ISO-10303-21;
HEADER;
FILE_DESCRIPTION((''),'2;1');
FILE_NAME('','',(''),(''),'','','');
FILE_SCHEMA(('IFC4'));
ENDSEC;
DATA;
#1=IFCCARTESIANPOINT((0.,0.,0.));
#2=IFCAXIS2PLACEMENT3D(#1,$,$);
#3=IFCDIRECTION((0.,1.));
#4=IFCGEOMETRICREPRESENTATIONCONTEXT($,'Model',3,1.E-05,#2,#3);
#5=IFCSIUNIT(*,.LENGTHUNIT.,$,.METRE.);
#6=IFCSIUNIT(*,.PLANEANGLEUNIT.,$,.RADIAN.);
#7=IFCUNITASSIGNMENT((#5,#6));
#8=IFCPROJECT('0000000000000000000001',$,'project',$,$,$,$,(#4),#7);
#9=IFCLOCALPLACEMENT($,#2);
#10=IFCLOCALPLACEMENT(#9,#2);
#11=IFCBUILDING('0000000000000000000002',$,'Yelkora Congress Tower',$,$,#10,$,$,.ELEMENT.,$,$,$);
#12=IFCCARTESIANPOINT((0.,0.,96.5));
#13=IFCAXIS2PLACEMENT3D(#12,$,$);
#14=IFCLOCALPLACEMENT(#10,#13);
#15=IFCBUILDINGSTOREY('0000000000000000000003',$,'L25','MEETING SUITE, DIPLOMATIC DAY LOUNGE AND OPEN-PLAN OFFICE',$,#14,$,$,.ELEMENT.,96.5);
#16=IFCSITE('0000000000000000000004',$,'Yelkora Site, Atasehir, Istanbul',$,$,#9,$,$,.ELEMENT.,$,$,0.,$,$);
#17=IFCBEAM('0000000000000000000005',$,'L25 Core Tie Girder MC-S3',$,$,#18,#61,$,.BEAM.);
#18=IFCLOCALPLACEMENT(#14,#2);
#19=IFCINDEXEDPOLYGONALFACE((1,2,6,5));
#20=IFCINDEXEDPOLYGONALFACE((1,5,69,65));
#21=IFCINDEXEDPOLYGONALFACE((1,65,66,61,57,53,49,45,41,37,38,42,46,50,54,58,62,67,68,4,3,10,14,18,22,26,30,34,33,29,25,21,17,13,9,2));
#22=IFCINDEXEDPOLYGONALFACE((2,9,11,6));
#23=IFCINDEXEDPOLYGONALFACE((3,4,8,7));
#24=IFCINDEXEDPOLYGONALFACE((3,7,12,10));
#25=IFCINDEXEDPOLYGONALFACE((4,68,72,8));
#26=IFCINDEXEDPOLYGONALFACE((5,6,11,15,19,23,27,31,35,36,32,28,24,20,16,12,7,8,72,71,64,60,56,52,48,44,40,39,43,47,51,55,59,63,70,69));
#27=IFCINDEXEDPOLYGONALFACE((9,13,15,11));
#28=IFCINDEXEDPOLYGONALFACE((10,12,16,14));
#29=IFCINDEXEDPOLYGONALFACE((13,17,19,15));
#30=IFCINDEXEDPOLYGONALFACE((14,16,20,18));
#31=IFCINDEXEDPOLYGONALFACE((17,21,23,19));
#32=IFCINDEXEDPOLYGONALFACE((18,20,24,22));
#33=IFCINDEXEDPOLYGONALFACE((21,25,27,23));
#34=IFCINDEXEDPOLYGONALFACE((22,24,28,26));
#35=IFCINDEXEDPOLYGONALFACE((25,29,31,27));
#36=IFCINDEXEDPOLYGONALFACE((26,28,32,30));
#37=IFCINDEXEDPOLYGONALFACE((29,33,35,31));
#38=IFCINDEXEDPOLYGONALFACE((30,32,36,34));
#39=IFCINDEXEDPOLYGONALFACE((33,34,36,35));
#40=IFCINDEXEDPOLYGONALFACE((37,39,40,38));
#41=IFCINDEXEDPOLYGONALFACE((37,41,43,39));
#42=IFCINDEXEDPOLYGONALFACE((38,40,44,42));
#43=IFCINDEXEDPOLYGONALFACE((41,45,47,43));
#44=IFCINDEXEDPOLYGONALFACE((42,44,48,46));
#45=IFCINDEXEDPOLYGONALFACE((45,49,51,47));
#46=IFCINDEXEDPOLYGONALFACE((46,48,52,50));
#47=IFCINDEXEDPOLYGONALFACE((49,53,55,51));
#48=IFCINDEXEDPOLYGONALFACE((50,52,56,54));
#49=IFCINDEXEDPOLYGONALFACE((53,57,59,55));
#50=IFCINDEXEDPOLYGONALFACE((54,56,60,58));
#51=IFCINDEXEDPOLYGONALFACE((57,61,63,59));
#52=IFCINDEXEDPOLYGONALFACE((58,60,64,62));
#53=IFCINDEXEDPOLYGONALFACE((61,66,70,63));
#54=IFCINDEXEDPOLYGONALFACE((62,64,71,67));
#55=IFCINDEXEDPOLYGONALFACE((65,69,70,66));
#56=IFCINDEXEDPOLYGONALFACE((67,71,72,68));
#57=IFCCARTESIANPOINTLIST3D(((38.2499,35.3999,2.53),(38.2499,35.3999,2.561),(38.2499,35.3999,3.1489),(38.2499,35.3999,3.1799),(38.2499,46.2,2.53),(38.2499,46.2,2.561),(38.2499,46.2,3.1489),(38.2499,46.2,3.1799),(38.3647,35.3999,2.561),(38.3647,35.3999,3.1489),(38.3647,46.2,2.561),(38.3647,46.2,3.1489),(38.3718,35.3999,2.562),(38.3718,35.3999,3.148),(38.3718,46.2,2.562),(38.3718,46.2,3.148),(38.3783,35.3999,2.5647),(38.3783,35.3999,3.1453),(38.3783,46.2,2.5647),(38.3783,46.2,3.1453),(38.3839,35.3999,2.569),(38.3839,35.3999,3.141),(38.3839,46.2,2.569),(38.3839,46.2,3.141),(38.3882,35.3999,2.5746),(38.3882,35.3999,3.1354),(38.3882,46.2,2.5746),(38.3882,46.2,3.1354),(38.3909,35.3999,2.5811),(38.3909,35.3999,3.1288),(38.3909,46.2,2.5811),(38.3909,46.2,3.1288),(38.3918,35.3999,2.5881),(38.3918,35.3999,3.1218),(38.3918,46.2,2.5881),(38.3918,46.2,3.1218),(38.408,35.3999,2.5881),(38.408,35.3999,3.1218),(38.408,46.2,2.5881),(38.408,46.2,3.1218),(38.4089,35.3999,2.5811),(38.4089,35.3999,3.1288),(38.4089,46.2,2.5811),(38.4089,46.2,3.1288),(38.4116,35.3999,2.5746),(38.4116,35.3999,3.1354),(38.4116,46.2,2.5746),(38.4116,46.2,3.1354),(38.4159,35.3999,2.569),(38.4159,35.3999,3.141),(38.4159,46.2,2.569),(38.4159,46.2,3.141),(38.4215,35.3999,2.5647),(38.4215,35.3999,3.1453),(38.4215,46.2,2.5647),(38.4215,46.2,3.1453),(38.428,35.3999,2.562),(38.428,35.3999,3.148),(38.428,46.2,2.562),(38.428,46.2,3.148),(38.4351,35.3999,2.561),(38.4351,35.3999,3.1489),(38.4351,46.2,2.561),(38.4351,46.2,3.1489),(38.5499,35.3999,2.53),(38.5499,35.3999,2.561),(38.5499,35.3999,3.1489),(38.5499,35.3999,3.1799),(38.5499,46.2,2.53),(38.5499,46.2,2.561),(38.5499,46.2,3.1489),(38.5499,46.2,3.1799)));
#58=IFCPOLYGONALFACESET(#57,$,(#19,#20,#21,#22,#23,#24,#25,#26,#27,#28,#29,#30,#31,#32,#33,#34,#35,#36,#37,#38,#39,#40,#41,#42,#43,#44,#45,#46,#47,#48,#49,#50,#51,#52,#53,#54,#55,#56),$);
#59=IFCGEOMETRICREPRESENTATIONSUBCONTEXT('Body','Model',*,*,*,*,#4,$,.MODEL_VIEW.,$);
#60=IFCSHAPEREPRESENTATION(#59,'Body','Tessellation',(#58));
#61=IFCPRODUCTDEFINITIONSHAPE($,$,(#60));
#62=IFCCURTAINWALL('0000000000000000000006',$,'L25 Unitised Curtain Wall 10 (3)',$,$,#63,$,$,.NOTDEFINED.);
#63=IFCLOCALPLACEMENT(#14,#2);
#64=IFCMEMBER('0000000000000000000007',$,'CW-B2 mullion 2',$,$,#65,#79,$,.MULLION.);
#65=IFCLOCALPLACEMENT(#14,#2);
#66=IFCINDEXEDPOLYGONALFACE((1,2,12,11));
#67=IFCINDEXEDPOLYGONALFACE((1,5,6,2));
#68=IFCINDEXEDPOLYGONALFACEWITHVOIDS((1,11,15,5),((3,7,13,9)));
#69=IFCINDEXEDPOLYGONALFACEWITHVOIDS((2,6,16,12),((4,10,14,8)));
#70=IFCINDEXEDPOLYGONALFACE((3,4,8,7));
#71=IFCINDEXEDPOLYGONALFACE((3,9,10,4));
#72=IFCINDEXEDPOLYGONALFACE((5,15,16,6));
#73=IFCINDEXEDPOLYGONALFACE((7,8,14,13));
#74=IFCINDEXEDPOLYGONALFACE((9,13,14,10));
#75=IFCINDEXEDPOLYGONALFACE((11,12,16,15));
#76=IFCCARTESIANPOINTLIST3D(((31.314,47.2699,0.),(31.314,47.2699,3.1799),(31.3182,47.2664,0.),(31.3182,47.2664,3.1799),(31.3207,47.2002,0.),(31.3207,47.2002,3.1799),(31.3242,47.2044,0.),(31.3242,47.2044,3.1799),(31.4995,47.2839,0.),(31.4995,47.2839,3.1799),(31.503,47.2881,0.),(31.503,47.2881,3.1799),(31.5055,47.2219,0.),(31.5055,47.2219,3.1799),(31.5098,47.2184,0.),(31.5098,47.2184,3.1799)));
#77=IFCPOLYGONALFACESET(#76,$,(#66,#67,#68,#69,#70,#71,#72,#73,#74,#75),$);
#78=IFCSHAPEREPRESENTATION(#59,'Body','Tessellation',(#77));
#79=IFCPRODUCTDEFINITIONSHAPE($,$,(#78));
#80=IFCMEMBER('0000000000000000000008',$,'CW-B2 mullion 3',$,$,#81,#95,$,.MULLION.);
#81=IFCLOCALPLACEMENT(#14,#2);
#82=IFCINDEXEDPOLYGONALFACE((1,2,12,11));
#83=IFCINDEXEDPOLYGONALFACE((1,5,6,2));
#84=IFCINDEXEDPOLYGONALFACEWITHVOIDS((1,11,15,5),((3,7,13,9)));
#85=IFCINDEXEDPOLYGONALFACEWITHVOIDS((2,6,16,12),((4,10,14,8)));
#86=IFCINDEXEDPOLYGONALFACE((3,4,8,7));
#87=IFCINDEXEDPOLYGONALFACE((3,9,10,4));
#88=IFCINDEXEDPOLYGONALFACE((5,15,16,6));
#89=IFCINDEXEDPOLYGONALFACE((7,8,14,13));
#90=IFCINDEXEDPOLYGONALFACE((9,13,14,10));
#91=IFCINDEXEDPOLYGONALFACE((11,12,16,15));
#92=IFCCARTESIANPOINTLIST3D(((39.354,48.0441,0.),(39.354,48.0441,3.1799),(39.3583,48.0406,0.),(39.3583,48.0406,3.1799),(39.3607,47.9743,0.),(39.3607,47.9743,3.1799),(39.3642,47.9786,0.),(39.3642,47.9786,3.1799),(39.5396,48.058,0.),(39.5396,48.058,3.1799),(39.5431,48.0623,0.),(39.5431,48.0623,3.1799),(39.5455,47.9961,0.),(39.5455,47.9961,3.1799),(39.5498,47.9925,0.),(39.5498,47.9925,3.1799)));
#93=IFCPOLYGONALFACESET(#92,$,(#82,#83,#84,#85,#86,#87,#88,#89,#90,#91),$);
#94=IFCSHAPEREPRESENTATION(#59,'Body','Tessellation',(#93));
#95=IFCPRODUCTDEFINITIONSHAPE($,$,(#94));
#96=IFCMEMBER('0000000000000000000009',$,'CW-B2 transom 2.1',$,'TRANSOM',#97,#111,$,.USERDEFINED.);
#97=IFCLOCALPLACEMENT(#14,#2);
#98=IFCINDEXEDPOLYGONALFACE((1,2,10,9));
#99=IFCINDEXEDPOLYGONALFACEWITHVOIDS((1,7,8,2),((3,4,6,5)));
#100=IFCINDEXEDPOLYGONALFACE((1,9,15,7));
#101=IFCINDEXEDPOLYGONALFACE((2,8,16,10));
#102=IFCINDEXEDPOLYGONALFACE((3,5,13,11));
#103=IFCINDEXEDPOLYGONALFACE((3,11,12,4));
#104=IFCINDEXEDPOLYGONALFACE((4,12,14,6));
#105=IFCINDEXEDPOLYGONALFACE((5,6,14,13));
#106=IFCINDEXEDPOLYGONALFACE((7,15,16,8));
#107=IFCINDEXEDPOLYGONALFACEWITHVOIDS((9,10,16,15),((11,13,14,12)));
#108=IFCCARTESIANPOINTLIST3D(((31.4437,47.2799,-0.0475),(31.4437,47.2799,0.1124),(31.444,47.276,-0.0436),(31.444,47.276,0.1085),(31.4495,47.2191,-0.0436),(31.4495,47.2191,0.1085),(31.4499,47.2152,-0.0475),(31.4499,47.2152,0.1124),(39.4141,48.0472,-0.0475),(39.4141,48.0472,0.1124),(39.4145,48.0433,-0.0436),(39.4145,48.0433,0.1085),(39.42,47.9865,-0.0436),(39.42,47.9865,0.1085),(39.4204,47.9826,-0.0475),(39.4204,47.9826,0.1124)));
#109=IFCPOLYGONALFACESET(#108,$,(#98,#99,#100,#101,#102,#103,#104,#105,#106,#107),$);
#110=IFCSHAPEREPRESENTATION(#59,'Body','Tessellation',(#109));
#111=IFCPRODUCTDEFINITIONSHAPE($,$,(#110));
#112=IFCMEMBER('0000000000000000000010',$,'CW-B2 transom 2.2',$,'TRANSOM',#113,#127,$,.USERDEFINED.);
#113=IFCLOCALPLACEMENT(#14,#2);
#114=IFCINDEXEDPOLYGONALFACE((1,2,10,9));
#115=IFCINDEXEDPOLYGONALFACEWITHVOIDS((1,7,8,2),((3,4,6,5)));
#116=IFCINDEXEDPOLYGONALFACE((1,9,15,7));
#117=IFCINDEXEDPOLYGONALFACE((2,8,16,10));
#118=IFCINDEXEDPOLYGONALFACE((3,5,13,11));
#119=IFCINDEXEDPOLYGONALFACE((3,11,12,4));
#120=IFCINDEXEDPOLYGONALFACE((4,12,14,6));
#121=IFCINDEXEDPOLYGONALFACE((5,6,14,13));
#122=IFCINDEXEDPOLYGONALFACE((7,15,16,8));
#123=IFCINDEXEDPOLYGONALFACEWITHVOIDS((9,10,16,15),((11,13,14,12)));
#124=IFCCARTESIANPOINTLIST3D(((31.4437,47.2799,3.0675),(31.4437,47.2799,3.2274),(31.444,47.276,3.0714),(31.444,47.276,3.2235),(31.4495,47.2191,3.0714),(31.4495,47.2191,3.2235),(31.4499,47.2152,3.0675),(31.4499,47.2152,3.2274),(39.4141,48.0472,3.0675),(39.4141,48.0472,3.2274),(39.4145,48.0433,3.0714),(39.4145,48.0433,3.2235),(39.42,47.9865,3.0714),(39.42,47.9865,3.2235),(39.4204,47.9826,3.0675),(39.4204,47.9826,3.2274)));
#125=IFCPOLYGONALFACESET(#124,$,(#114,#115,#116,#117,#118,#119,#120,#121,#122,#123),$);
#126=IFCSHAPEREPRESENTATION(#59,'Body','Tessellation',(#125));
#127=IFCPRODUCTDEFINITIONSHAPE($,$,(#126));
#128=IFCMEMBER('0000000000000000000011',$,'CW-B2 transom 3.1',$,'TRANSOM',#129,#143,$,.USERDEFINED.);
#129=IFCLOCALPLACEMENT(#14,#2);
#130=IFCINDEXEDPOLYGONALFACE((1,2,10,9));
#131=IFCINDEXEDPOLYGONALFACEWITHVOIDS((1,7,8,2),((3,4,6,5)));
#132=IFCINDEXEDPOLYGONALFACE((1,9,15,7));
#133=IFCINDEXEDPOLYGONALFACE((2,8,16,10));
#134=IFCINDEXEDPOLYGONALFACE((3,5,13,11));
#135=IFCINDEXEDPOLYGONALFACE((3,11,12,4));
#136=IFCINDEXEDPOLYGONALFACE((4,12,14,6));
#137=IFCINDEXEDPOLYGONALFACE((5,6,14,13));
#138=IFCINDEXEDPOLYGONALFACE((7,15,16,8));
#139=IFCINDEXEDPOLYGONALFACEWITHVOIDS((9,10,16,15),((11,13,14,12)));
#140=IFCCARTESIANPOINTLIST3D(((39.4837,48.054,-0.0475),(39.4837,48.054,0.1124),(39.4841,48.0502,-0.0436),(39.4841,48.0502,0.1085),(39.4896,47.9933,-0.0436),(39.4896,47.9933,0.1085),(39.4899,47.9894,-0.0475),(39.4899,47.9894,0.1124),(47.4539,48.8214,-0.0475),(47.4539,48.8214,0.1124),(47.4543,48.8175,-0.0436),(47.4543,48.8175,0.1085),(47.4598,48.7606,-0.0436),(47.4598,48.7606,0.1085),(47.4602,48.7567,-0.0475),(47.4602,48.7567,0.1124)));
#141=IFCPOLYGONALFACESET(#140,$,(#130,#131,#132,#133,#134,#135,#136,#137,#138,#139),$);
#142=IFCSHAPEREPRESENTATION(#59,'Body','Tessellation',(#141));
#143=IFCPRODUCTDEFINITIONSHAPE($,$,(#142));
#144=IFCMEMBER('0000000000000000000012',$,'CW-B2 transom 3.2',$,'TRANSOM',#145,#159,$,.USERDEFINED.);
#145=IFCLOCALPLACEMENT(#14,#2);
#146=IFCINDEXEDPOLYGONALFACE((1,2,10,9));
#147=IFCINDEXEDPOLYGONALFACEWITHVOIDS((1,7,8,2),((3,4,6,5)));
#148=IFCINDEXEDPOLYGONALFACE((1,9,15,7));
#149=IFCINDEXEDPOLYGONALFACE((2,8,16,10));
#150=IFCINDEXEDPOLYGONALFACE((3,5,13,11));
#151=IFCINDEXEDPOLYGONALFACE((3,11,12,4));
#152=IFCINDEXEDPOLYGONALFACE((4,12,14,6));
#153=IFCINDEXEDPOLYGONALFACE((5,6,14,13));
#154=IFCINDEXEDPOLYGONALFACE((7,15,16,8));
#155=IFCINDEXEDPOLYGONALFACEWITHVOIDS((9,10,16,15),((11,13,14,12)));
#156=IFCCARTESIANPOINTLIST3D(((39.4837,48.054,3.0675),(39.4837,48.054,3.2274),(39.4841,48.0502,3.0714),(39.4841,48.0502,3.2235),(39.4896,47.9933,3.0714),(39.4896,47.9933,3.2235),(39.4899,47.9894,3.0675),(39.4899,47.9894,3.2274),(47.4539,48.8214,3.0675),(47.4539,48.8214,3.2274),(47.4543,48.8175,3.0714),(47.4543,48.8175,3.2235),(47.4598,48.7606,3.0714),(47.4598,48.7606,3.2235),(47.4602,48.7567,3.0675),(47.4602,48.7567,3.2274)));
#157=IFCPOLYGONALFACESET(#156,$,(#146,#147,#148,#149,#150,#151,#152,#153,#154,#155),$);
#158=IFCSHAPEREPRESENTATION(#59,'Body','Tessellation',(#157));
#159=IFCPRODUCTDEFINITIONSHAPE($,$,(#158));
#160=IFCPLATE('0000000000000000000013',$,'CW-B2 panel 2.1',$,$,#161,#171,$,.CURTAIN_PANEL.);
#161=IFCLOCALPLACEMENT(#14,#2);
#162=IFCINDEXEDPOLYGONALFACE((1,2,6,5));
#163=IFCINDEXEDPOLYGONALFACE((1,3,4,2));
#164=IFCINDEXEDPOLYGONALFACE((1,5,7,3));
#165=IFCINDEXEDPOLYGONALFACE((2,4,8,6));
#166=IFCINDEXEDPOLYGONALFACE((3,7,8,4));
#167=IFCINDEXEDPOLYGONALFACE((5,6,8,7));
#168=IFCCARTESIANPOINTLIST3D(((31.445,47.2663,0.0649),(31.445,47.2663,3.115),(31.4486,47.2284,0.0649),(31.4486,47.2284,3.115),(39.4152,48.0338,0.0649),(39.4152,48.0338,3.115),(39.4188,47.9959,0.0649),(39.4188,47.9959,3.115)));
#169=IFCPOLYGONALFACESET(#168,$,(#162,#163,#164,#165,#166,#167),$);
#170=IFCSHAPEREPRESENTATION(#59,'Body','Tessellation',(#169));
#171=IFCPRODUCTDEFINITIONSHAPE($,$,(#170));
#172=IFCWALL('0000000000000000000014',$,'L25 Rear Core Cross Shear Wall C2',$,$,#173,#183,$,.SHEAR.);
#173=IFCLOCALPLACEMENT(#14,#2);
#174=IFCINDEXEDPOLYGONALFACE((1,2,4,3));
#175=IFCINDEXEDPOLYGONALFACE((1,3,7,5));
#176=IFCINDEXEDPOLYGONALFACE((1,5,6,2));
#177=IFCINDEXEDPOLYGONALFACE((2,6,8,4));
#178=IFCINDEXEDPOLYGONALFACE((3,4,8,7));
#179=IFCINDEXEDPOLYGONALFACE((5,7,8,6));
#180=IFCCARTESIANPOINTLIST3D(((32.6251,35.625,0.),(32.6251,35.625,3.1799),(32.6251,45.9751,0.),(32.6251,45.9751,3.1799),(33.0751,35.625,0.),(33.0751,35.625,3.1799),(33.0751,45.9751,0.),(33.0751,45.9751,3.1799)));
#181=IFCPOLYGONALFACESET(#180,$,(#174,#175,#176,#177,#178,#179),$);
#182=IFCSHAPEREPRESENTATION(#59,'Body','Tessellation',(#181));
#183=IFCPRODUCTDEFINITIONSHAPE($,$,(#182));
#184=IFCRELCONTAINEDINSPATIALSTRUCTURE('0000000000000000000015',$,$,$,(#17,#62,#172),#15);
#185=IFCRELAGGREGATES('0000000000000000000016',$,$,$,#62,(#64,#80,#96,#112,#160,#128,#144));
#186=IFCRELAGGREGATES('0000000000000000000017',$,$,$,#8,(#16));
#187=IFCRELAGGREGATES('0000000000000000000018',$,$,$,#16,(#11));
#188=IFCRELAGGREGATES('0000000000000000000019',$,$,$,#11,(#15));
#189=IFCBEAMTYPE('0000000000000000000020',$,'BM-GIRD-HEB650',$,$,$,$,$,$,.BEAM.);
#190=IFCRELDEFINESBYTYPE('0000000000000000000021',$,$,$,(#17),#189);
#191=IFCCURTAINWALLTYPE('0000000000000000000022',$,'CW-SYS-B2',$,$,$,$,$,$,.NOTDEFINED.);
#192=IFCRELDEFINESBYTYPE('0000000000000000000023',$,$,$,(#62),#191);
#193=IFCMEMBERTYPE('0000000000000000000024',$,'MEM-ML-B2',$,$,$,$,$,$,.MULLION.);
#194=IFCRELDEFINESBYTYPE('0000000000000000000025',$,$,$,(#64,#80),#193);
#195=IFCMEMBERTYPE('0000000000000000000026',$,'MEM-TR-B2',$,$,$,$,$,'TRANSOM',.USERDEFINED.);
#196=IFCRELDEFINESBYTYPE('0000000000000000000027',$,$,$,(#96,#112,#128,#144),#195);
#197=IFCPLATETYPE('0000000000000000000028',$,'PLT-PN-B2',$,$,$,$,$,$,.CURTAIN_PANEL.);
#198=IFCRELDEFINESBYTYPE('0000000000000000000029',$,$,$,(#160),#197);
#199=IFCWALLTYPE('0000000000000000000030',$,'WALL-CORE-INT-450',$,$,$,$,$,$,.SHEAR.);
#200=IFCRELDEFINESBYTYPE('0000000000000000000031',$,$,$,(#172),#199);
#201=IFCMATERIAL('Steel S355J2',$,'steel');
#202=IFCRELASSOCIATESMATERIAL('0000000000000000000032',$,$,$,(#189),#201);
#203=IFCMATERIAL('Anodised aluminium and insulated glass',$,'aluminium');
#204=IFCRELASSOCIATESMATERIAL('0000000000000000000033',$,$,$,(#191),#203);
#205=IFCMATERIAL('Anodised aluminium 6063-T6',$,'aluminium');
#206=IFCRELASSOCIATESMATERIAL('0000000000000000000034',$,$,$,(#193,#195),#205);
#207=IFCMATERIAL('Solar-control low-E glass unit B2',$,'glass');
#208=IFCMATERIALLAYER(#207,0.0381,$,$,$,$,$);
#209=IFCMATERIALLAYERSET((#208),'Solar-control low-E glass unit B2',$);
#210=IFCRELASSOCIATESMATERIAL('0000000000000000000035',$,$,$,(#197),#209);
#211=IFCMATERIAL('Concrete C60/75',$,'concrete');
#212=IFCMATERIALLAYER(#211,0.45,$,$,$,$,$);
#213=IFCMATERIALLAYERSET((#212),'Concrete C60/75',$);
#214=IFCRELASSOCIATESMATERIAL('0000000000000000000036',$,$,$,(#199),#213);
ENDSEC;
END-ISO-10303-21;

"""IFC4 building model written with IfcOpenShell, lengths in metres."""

from ifc_helpers import new_model, si_unit, direction, frame, frame_2d, origin, origin_2d, place, context, subcontext, project, spatial, rectangle, hollow_rectangle, i_section, extrude, material, layer, layer_set, material_profile, profile_set, type_object, element, aggregate, save


model = new_model("IFC4")

# Units and contexts
model_context = context("Model", 3, precision=1e-05, world=origin(), true_north=direction((0.0, 1.0)))
body_context = subcontext(model_context, "Body", "Model", "MODEL_VIEW")
ifc_project = project(units=[si_unit("LENGTHUNIT", "METRE"), si_unit("PLANEANGLEUNIT", "RADIAN")], contexts=[model_context])

# Site, building, storey
site_placement = place(None, origin())
site = spatial("IfcSite", under=ifc_project, at=site_placement, Name="Yelkora Site, Atasehir, Istanbul", CompositionType="ELEMENT", RefElevation=0.0)
building_placement = place(site_placement, origin())
building = spatial("IfcBuilding", under=site, at=building_placement, Name="Yelkora Congress Tower", CompositionType="ELEMENT")
storey_placement = place(building_placement, frame((0.0, 0.0, 96.5)))
storey = spatial("IfcBuildingStorey", under=building, at=storey_placement, Name="L25", Description="MEETING SUITE, DIPLOMATIC DAY LOUNGE AND OPEN-PLAN OFFICE", CompositionType="ELEMENT", Elevation=96.5)

# Beam
ifc_material_1 = material(Name="Steel S355J2", Category="steel")
ifc_material_profile_1 = material_profile(ifc_material_1, i_section(OverallWidth=0.3, OverallDepth=0.6499, WebThickness=0.0161, FlangeThickness=0.031, FilletRadius=0.0271, at=origin_2d()), Name="HEB 650")
ifc_profile_set_1 = profile_set([ifc_material_profile_1], Name="Steel S355J2")
beam_type = type_object("IfcBeamType", Name="BM-GIRD-HEB650", PredefinedType="BEAM", material=ifc_profile_set_1)
beam_placement = place(storey_placement, frame((38.3999, 35.3999, 2.855), z_axis=(0.0, 1.0, 0.0), x_axis=(-1.0, 0.0, 0.0)))
element("IfcBeam", 1, at=beam_placement, inside=storey, type_object=beam_type, Name="L25 Core Tie Girder MC-S3", PredefinedType="BEAM", context=body_context, shape_type="SweptSolid", body=[
    extrude(i_section(OverallWidth=0.3, OverallDepth=0.6499, WebThickness=0.0161, FlangeThickness=0.031, FilletRadius=0.0271, at=origin_2d()), origin(), (0.0, 0.0, 1.0), 10.8),
])

# Curtain wall, members, plate
ifc_material_2 = material(Name="Anodised aluminium and insulated glass", Category="aluminium")
curtain_wall_type = type_object("IfcCurtainWallType", Name="CW-SYS-B2", PredefinedType="NOTDEFINED", material=ifc_material_2)
curtain_wall_placement = place(storey_placement, origin())
curtain_wall = element("IfcCurtainWall", 2, at=curtain_wall_placement, inside=storey, type_object=curtain_wall_type, Name="L25 Unitised Curtain Wall 10 (3)", PredefinedType="NOTDEFINED")
ifc_material_3 = material(Name="Anodised aluminium 6063-T6", Category="aluminium")
ifc_material_profile_2 = material_profile(ifc_material_3, hollow_rectangle(XDim=0.0701, YDim=0.1899, WallThickness=0.0039, at=origin_2d()), Name="ALU 70x190x4")
ifc_profile_set_2 = profile_set([ifc_material_profile_2], Name="Anodised aluminium 6063-T6")
member_type_1 = type_object("IfcMemberType", Name="MEM-ML-B2", PredefinedType="MULLION", material=ifc_profile_set_2)
member_1_placement = place(storey_placement, frame((31.4119, 47.2441, 0.0), z_axis=(0.0, 0.0, 1.0), x_axis=(-0.095844, 0.995396, 0.0)))
member_1 = element("IfcMember", 3, at=member_1_placement, type_object=member_type_1, Name="CW-B2 mullion 2", PredefinedType="MULLION", context=body_context, shape_type="SweptSolid", body=[
    extrude(hollow_rectangle(XDim=0.0701, YDim=0.1899, WallThickness=0.0039, at=origin_2d()), origin(), (0.0, 0.0, 1.0), 3.1799),
])
member_2_placement = place(storey_placement, frame((39.4519, 48.0183, 0.0), z_axis=(0.0, 0.0, 1.0), x_axis=(-0.095844, 0.995396, 0.0)))
member_2 = element("IfcMember", 4, at=member_2_placement, type_object=member_type_1, Name="CW-B2 mullion 3", PredefinedType="MULLION", context=body_context, shape_type="SweptSolid", body=[
    extrude(hollow_rectangle(XDim=0.0701, YDim=0.1899, WallThickness=0.0039, at=origin_2d()), origin(), (0.0, 0.0, 1.0), 3.1799),
])
ifc_material_profile_3 = material_profile(ifc_material_3, hollow_rectangle(XDim=0.0649, YDim=0.1599, WallThickness=0.0039, at=origin_2d()), Name="ALU 65x160x4")
ifc_profile_set_3 = profile_set([ifc_material_profile_3], Name="Anodised aluminium 6063-T6")
member_type_2 = type_object("IfcMemberType", Name="MEM-TR-B2", ElementType="TRANSOM", PredefinedType="USERDEFINED", material=ifc_profile_set_3)
member_3_placement = place(storey_placement, frame((31.4468, 47.2476, 0.0325), z_axis=(0.995398, 0.095829, 0.0), x_axis=(-0.095829, 0.995398, 0.0)))
member_3 = element("IfcMember", 5, at=member_3_placement, type_object=member_type_2, Name="CW-B2 transom 2.1", ObjectType="TRANSOM", PredefinedType="USERDEFINED", context=body_context, shape_type="SweptSolid", body=[
    extrude(hollow_rectangle(XDim=0.0649, YDim=0.1599, WallThickness=0.0039, at=origin_2d()), origin(), (0.0, 0.0, 1.0), 8.0073),
])
member_4_placement = place(storey_placement, frame((31.4468, 47.2476, 3.1475), z_axis=(0.995398, 0.095829, 0.0), x_axis=(-0.095829, 0.995398, 0.0)))
member_4 = element("IfcMember", 6, at=member_4_placement, type_object=member_type_2, Name="CW-B2 transom 2.2", ObjectType="TRANSOM", PredefinedType="USERDEFINED", context=body_context, shape_type="SweptSolid", body=[
    extrude(hollow_rectangle(XDim=0.0649, YDim=0.1599, WallThickness=0.0039, at=origin_2d()), origin(), (0.0, 0.0, 1.0), 8.0073),
])
member_5_placement = place(storey_placement, frame((39.4868, 48.0217, 0.0325), z_axis=(0.995398, 0.095832, 0.0), x_axis=(-0.095832, 0.995398, 0.0)))
member_5 = element("IfcMember", 7, at=member_5_placement, type_object=member_type_2, Name="CW-B2 transom 3.1", ObjectType="TRANSOM", PredefinedType="USERDEFINED", context=body_context, shape_type="SweptSolid", body=[
    extrude(hollow_rectangle(XDim=0.0649, YDim=0.1599, WallThickness=0.0039, at=origin_2d()), origin(), (0.0, 0.0, 1.0), 8.0071),
])
member_6_placement = place(storey_placement, frame((39.4868, 48.0217, 3.1475), z_axis=(0.995398, 0.095832, 0.0), x_axis=(-0.095832, 0.995398, 0.0)))
member_6 = element("IfcMember", 8, at=member_6_placement, type_object=member_type_2, Name="CW-B2 transom 3.2", ObjectType="TRANSOM", PredefinedType="USERDEFINED", context=body_context, shape_type="SweptSolid", body=[
    extrude(hollow_rectangle(XDim=0.0649, YDim=0.1599, WallThickness=0.0039, at=origin_2d()), origin(), (0.0, 0.0, 1.0), 8.0071),
])
ifc_material_4 = material(Name="Solar-control low-E glass unit B2", Category="glass")
ifc_layer_1 = layer(ifc_material_4, 0.0381)
ifc_layer_set_1 = layer_set([ifc_layer_1], Name="Solar-control low-E glass unit B2")
plate_type = type_object("IfcPlateType", Name="PLT-PN-B2", PredefinedType="CURTAIN_PANEL", material=ifc_layer_set_1)
plate_placement = place(storey_placement, frame((35.4319, 47.6311, 0.0649), z_axis=(0.0, 0.0, 1.0), x_axis=(0.995396, 0.095844, 0.0)))
plate = element("IfcPlate", 9, at=plate_placement, type_object=plate_type, Name="CW-B2 panel 2.1", PredefinedType="CURTAIN_PANEL", context=body_context, shape_type="SweptSolid", body=[
    extrude(rectangle(XDim=8.0071, YDim=0.0381, at=origin_2d()), origin(), (0.0, 0.0, 1.0), 3.05),
])
aggregate(curtain_wall, [member_1, member_2, member_3, member_4, plate, member_5, member_6])

# Wall
ifc_material_5 = material(Name="Concrete C60/75", Category="concrete")
ifc_layer_2 = layer(ifc_material_5, 0.45)
ifc_layer_set_2 = layer_set([ifc_layer_2], Name="Concrete C60/75")
wall_type_1 = type_object("IfcWallType", Name="WALL-CORE-INT-450", PredefinedType="SHEAR", material=ifc_layer_set_2)
wall_1_placement = place(storey_placement, frame((32.8501, 35.625, 0.0), z_axis=(0.0, 0.0, 1.0), x_axis=(0.0, 1.0, 0.0)))
element("IfcWall", 10, at=wall_1_placement, inside=storey, type_object=wall_type_1, Name="L25 Rear Core Cross Shear Wall C2", PredefinedType="SHEAR", context=body_context, shape_type="SweptSolid", body=[
    extrude(rectangle(XDim=10.3501, YDim=0.45, at=frame_2d((5.175, 0.0))), origin(), (0.0, 0.0, 1.0), 3.1799),
])

save(model, "model.ifc")
